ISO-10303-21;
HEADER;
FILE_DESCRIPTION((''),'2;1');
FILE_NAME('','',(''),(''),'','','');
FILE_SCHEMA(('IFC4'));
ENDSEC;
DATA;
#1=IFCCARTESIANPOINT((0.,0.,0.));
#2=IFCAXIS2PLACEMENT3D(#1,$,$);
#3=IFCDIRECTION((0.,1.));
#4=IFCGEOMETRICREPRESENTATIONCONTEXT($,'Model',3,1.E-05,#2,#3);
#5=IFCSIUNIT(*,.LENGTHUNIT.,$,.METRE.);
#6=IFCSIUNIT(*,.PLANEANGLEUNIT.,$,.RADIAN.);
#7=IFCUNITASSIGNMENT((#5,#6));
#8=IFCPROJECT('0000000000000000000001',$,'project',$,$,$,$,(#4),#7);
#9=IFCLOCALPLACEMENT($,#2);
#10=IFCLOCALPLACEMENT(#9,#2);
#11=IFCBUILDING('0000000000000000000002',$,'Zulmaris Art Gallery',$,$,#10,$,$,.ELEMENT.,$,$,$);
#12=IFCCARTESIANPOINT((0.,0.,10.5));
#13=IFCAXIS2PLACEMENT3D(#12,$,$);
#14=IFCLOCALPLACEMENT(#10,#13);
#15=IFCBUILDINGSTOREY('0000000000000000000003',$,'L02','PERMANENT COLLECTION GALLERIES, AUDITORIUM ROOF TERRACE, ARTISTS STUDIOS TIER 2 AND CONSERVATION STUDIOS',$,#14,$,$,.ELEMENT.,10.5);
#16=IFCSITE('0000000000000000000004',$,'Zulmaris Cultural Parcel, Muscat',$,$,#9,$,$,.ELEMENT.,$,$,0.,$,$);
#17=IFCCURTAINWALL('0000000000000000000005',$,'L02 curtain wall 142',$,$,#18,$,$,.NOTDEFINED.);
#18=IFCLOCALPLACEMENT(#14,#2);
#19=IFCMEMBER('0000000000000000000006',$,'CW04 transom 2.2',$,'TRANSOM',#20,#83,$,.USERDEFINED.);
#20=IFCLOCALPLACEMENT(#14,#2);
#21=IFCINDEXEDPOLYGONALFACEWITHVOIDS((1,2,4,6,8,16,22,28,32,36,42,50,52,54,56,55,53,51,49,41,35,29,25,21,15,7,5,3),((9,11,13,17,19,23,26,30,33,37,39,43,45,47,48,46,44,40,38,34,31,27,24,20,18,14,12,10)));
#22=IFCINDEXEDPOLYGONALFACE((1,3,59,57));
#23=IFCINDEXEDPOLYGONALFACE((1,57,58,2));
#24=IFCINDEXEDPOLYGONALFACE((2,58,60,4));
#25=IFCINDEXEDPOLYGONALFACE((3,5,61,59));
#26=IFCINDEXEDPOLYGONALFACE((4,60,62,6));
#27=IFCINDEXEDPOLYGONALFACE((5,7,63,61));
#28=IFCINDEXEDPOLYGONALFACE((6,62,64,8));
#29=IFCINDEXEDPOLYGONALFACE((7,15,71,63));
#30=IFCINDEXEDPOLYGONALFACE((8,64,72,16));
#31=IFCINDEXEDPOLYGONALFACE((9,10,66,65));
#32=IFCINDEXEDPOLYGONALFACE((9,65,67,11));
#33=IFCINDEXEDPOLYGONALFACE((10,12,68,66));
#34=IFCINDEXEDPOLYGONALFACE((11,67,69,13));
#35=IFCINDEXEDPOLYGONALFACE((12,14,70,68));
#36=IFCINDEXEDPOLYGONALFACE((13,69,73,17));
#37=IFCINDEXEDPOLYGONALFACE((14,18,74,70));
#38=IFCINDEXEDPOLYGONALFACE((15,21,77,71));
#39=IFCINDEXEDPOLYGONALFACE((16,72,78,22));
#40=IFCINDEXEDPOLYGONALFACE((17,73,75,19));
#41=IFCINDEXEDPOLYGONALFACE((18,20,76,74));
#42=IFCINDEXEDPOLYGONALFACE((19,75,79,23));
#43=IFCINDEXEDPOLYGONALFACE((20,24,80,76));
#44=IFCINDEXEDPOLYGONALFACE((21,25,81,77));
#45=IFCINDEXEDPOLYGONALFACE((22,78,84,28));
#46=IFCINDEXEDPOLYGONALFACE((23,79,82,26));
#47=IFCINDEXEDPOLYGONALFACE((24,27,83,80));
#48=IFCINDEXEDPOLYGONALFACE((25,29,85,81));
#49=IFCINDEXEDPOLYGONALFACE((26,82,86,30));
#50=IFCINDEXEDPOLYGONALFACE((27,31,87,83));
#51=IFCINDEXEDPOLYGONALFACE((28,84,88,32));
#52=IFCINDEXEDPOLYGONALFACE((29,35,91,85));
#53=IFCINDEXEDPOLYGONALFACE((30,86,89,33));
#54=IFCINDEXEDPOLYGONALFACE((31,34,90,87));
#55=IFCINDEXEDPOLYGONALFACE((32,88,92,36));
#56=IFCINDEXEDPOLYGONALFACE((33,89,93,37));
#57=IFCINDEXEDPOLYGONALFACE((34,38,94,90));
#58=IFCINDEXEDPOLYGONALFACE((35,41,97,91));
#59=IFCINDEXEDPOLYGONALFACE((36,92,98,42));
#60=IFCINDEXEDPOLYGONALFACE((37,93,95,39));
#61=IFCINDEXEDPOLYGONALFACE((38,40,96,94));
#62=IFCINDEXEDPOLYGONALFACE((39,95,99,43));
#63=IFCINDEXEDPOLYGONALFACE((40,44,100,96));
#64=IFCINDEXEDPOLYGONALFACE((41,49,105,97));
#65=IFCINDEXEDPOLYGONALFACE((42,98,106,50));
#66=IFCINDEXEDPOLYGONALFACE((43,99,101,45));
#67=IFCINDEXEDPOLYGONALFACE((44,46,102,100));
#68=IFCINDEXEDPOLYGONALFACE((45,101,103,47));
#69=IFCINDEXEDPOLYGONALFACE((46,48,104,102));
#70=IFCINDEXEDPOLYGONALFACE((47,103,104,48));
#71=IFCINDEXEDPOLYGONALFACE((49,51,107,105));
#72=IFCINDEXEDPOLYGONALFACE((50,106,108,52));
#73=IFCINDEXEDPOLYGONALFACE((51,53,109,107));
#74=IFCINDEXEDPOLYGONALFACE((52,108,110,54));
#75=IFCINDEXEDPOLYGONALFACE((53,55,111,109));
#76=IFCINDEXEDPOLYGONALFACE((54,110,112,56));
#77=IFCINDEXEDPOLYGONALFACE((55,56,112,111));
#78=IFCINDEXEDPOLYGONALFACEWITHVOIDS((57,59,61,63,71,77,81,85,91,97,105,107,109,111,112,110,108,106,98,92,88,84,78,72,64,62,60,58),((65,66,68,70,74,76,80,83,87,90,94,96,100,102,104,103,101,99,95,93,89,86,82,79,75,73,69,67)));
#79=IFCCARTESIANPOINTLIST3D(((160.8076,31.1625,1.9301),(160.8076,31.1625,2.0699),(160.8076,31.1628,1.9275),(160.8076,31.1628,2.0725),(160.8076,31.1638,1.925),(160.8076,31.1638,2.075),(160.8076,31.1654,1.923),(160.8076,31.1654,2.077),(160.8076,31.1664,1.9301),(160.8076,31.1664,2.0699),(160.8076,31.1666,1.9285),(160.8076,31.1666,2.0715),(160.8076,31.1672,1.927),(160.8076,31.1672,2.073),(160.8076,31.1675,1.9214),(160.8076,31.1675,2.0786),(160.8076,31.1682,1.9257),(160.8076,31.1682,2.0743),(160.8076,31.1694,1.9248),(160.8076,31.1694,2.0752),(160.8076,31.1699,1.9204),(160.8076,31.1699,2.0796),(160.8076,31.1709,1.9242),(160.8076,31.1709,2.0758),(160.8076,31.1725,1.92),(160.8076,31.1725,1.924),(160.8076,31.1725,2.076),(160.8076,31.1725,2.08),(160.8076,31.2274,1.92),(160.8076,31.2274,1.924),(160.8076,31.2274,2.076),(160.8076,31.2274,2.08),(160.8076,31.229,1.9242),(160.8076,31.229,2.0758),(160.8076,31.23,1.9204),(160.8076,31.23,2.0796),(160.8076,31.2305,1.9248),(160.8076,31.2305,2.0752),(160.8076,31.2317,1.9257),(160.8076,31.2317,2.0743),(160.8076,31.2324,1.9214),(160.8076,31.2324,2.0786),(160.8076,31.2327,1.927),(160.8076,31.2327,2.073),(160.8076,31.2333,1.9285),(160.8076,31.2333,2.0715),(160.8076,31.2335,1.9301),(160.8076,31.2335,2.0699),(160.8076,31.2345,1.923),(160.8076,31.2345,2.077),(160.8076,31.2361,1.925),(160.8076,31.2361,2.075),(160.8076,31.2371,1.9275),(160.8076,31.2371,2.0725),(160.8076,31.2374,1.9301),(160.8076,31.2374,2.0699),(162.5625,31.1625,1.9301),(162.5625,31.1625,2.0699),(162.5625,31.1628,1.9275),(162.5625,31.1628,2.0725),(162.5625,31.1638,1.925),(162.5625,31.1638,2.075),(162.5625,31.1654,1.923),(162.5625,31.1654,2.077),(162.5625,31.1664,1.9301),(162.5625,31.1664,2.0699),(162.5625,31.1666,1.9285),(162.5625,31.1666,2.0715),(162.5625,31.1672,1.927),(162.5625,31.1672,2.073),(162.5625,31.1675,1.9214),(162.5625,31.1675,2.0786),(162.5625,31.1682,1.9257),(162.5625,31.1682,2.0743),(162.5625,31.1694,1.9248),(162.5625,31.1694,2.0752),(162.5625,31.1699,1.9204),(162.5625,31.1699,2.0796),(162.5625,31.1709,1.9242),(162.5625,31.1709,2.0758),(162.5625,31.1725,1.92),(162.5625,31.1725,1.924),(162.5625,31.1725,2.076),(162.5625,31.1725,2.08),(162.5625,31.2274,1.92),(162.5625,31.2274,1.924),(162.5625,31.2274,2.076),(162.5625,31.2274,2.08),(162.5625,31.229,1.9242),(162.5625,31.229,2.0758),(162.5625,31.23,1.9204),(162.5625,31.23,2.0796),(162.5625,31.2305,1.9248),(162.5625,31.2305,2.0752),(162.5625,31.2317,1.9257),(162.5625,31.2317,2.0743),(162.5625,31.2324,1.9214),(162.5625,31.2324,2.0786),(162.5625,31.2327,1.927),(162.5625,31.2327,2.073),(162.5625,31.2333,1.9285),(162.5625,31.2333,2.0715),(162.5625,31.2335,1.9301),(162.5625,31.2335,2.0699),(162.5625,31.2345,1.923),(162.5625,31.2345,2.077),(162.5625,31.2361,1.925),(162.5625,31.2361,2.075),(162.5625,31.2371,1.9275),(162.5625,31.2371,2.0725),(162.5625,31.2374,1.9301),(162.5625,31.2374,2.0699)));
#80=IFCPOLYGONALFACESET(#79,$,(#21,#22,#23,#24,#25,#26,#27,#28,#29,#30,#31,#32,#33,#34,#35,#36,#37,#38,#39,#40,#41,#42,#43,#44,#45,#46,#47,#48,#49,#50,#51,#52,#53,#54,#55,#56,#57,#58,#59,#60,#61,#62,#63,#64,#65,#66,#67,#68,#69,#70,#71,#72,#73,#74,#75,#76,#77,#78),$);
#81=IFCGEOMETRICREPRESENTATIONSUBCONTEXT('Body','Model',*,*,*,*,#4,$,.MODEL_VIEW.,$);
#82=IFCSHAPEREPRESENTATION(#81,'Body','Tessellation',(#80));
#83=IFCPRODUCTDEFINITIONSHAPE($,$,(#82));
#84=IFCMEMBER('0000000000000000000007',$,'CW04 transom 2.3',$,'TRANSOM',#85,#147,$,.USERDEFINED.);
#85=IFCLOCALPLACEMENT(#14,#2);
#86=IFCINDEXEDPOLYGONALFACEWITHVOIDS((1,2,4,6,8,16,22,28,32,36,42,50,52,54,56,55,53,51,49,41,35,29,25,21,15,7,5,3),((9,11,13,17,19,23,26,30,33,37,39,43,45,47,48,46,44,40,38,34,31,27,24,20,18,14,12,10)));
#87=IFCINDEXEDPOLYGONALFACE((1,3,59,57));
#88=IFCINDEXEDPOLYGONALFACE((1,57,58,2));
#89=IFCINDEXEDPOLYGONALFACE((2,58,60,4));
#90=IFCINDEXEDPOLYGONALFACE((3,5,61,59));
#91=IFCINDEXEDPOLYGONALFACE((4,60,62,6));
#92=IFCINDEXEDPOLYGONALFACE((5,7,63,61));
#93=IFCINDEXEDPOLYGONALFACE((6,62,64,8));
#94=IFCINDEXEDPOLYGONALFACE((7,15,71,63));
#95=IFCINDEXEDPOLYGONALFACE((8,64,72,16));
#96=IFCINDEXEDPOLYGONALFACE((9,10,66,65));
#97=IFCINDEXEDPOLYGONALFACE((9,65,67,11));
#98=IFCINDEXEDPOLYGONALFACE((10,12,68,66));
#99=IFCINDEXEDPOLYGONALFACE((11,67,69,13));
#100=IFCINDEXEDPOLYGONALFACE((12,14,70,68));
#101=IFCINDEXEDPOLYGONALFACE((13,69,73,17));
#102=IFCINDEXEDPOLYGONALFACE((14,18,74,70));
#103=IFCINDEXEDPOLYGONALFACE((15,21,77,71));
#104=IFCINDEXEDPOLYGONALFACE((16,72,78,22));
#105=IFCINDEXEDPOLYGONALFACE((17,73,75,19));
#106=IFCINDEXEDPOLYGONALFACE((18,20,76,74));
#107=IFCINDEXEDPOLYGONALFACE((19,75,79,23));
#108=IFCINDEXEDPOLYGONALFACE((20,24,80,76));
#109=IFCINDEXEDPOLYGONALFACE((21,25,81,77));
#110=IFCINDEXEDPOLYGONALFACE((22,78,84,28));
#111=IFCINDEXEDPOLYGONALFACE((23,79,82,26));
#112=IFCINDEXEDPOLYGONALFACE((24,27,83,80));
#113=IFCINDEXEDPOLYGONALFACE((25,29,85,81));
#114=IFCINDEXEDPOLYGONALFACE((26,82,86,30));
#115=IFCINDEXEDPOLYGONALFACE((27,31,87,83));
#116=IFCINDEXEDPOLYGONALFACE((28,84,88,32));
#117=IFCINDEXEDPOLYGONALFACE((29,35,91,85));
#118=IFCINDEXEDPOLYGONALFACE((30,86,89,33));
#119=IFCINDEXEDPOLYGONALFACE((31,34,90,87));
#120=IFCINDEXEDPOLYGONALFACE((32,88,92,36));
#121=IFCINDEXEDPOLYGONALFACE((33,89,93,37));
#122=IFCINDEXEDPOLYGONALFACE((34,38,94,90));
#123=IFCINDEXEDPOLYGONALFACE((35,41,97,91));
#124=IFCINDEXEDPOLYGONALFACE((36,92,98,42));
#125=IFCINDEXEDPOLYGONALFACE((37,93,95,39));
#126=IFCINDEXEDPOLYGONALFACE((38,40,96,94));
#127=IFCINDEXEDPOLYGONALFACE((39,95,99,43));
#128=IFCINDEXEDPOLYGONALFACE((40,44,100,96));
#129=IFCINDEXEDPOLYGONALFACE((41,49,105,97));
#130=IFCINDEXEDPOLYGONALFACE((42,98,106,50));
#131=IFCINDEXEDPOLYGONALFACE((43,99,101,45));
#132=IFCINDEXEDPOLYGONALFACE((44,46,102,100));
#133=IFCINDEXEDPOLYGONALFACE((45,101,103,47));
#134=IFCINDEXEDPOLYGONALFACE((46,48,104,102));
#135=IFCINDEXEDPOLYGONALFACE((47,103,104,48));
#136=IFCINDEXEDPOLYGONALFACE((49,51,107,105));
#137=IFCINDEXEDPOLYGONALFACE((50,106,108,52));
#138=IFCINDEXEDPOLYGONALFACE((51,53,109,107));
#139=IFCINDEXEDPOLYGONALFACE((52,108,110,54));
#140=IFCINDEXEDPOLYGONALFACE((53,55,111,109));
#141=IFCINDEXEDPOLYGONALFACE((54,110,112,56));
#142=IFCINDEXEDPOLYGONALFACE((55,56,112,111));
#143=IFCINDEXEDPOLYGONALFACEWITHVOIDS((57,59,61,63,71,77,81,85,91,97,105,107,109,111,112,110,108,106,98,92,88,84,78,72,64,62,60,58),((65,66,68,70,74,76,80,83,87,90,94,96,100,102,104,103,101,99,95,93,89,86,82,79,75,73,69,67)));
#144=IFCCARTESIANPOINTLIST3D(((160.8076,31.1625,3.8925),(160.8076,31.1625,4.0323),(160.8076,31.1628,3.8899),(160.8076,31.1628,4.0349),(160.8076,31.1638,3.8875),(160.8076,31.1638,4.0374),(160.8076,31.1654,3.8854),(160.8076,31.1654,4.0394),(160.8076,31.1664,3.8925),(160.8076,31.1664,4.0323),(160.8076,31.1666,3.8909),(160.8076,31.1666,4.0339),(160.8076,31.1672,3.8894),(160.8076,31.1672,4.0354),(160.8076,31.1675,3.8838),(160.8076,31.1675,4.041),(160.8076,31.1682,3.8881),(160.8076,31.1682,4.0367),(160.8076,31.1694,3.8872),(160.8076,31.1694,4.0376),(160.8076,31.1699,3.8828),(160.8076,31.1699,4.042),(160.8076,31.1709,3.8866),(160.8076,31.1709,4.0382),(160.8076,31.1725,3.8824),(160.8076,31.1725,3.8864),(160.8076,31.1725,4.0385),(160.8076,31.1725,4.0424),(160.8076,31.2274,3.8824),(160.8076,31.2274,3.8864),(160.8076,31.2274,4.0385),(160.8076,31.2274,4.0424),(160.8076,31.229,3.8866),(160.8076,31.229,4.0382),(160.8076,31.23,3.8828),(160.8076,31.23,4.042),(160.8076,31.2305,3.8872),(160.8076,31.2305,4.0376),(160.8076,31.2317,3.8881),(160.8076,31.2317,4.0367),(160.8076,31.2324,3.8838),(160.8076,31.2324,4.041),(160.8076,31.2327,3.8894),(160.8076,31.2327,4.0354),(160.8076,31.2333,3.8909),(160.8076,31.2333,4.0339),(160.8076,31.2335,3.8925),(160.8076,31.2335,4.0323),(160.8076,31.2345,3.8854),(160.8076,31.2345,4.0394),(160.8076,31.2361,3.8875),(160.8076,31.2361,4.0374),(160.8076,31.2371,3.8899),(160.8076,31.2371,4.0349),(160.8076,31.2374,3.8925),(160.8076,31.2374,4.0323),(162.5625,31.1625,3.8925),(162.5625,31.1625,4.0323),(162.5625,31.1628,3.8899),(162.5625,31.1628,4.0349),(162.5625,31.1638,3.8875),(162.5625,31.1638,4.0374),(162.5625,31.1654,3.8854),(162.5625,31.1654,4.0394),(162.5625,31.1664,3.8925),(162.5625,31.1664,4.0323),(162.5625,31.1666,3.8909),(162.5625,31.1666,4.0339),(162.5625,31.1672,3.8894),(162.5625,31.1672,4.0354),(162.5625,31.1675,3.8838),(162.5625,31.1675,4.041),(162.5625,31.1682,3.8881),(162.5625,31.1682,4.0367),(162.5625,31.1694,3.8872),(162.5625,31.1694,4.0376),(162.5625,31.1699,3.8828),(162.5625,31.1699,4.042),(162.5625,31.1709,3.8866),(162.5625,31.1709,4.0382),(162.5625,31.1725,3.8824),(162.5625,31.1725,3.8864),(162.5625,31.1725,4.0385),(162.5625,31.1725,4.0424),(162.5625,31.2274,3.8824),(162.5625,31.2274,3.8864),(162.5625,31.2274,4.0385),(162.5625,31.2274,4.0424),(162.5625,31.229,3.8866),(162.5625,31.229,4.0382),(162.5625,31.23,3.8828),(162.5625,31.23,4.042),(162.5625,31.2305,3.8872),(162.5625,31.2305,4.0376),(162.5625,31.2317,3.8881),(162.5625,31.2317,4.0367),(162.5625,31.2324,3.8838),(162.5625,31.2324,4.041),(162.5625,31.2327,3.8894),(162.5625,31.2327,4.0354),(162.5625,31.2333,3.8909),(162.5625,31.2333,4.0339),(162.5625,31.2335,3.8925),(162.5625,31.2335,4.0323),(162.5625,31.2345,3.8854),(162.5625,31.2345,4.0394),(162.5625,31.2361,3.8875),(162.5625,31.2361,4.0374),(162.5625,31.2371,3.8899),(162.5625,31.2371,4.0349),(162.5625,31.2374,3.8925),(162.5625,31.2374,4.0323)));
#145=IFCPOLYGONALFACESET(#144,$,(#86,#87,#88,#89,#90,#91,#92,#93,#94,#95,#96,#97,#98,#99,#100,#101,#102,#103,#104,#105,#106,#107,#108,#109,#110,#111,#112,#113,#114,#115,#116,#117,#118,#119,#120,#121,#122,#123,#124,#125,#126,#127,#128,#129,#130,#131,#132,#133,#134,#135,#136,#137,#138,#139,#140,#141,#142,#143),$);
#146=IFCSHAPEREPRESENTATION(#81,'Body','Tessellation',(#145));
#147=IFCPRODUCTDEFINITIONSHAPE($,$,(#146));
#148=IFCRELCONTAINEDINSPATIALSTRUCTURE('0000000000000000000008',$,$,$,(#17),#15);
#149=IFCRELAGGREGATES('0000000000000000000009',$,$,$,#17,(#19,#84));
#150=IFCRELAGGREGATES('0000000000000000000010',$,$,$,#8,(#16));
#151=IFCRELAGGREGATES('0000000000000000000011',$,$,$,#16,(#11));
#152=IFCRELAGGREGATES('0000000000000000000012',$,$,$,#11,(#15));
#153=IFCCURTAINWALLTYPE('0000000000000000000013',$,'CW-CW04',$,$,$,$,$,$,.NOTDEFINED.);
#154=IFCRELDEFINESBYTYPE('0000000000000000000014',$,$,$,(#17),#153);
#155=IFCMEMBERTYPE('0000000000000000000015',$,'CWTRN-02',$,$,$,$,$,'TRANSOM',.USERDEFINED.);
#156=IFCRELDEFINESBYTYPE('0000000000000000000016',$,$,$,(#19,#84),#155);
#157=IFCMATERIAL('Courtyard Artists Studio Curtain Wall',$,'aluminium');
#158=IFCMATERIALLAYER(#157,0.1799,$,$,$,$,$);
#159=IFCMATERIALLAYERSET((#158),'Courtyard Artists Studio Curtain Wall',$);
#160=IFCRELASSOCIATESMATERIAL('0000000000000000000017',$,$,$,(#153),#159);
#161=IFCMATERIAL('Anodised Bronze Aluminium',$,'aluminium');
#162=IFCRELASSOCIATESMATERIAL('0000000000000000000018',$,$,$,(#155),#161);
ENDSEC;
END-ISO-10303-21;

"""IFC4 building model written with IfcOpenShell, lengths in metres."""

from ifc_helpers import new_model, si_unit, direction, frame, origin, origin_2d, place, context, subcontext, project, spatial, hollow_rectangle, extrude, material, layer, layer_set, material_profile, profile_set, type_object, element, aggregate, save


model = new_model("IFC4")

# Units and contexts
model_context = context("Model", 3, precision=1e-05, world=origin(), true_north=direction((0.0, 1.0)))
body_context = subcontext(model_context, "Body", "Model", "MODEL_VIEW")
ifc_project = project(units=[si_unit("LENGTHUNIT", "METRE"), si_unit("PLANEANGLEUNIT", "RADIAN")], contexts=[model_context])

# Site, building, storey
site_placement = place(None, origin())
site = spatial("IfcSite", under=ifc_project, at=site_placement, Name="Zulmaris Cultural Parcel, Muscat", CompositionType="ELEMENT", RefElevation=0.0)
building_placement = place(site_placement, origin())
building = spatial("IfcBuilding", under=site, at=building_placement, Name="Zulmaris Art Gallery", CompositionType="ELEMENT")
storey_placement = place(building_placement, frame((0.0, 0.0, 10.5)))
storey = spatial("IfcBuildingStorey", under=building, at=storey_placement, Name="L02", Description="PERMANENT COLLECTION GALLERIES, AUDITORIUM ROOF TERRACE, ARTISTS STUDIOS TIER 2 AND CONSERVATION STUDIOS", CompositionType="ELEMENT", Elevation=10.5)

# Curtain wall, members
ifc_material_1 = material(Name="Courtyard Artists Studio Curtain Wall", Category="aluminium")
ifc_layer_1 = layer(ifc_material_1, 0.1799)
ifc_layer_set_1 = layer_set([ifc_layer_1], Name="Courtyard Artists Studio Curtain Wall")
curtain_wall_type = type_object("IfcCurtainWallType", Name="CW-CW04", PredefinedType="NOTDEFINED", material=ifc_layer_set_1)
curtain_wall_placement = place(storey_placement, origin())
curtain_wall = element("IfcCurtainWall", 1, at=curtain_wall_placement, inside=storey, type_object=curtain_wall_type, Name="L02 curtain wall 142", PredefinedType="NOTDEFINED")
ifc_material_2 = material(Name="Anodised Bronze Aluminium", Category="aluminium")
ifc_material_profile_1 = material_profile(ifc_material_2, hollow_rectangle(XDim=0.075, YDim=0.1599, WallThickness=0.0039, InnerFilletRadius=0.0061, OuterFilletRadius=0.01, at=origin_2d()), Name="ALU 75x160x4")
ifc_profile_set_1 = profile_set([ifc_material_profile_1], Name="Anodised Bronze Aluminium")
member_type_1 = type_object("IfcMemberType", Name="CWTRN-02", ElementType="TRANSOM", PredefinedType="USERDEFINED", material=ifc_profile_set_1)
member_1_placement = place(storey_placement, frame((160.8076, 31.2, 2.0), z_axis=(1.0, 0.0, 0.0), x_axis=(0.0, 1.0, 0.0)))
member_1 = element("IfcMember", 2, at=member_1_placement, type_object=member_type_1, Name="CW04 transom 2.2", ObjectType="TRANSOM", PredefinedType="USERDEFINED", context=body_context, shape_type="SweptSolid", body=[
    extrude(hollow_rectangle(XDim=0.075, YDim=0.1599, WallThickness=0.0039, InnerFilletRadius=0.0061, OuterFilletRadius=0.01, at=origin_2d()), origin(), (0.0, 0.0, 1.0), 1.7549),
])
member_2_placement = place(storey_placement, frame((160.8076, 31.2, 3.9624), z_axis=(1.0, 0.0, 0.0), x_axis=(0.0, 1.0, 0.0)))
member_2 = element("IfcMember", 3, at=member_2_placement, type_object=member_type_1, Name="CW04 transom 2.3", ObjectType="TRANSOM", PredefinedType="USERDEFINED", context=body_context, shape_type="SweptSolid", body=[
    extrude(hollow_rectangle(XDim=0.075, YDim=0.1599, WallThickness=0.0039, InnerFilletRadius=0.0061, OuterFilletRadius=0.01, at=origin_2d()), origin(), (0.0, 0.0, 1.0), 1.7549),
])
aggregate(curtain_wall, [member_1, member_2])

save(model, "model.ifc")
